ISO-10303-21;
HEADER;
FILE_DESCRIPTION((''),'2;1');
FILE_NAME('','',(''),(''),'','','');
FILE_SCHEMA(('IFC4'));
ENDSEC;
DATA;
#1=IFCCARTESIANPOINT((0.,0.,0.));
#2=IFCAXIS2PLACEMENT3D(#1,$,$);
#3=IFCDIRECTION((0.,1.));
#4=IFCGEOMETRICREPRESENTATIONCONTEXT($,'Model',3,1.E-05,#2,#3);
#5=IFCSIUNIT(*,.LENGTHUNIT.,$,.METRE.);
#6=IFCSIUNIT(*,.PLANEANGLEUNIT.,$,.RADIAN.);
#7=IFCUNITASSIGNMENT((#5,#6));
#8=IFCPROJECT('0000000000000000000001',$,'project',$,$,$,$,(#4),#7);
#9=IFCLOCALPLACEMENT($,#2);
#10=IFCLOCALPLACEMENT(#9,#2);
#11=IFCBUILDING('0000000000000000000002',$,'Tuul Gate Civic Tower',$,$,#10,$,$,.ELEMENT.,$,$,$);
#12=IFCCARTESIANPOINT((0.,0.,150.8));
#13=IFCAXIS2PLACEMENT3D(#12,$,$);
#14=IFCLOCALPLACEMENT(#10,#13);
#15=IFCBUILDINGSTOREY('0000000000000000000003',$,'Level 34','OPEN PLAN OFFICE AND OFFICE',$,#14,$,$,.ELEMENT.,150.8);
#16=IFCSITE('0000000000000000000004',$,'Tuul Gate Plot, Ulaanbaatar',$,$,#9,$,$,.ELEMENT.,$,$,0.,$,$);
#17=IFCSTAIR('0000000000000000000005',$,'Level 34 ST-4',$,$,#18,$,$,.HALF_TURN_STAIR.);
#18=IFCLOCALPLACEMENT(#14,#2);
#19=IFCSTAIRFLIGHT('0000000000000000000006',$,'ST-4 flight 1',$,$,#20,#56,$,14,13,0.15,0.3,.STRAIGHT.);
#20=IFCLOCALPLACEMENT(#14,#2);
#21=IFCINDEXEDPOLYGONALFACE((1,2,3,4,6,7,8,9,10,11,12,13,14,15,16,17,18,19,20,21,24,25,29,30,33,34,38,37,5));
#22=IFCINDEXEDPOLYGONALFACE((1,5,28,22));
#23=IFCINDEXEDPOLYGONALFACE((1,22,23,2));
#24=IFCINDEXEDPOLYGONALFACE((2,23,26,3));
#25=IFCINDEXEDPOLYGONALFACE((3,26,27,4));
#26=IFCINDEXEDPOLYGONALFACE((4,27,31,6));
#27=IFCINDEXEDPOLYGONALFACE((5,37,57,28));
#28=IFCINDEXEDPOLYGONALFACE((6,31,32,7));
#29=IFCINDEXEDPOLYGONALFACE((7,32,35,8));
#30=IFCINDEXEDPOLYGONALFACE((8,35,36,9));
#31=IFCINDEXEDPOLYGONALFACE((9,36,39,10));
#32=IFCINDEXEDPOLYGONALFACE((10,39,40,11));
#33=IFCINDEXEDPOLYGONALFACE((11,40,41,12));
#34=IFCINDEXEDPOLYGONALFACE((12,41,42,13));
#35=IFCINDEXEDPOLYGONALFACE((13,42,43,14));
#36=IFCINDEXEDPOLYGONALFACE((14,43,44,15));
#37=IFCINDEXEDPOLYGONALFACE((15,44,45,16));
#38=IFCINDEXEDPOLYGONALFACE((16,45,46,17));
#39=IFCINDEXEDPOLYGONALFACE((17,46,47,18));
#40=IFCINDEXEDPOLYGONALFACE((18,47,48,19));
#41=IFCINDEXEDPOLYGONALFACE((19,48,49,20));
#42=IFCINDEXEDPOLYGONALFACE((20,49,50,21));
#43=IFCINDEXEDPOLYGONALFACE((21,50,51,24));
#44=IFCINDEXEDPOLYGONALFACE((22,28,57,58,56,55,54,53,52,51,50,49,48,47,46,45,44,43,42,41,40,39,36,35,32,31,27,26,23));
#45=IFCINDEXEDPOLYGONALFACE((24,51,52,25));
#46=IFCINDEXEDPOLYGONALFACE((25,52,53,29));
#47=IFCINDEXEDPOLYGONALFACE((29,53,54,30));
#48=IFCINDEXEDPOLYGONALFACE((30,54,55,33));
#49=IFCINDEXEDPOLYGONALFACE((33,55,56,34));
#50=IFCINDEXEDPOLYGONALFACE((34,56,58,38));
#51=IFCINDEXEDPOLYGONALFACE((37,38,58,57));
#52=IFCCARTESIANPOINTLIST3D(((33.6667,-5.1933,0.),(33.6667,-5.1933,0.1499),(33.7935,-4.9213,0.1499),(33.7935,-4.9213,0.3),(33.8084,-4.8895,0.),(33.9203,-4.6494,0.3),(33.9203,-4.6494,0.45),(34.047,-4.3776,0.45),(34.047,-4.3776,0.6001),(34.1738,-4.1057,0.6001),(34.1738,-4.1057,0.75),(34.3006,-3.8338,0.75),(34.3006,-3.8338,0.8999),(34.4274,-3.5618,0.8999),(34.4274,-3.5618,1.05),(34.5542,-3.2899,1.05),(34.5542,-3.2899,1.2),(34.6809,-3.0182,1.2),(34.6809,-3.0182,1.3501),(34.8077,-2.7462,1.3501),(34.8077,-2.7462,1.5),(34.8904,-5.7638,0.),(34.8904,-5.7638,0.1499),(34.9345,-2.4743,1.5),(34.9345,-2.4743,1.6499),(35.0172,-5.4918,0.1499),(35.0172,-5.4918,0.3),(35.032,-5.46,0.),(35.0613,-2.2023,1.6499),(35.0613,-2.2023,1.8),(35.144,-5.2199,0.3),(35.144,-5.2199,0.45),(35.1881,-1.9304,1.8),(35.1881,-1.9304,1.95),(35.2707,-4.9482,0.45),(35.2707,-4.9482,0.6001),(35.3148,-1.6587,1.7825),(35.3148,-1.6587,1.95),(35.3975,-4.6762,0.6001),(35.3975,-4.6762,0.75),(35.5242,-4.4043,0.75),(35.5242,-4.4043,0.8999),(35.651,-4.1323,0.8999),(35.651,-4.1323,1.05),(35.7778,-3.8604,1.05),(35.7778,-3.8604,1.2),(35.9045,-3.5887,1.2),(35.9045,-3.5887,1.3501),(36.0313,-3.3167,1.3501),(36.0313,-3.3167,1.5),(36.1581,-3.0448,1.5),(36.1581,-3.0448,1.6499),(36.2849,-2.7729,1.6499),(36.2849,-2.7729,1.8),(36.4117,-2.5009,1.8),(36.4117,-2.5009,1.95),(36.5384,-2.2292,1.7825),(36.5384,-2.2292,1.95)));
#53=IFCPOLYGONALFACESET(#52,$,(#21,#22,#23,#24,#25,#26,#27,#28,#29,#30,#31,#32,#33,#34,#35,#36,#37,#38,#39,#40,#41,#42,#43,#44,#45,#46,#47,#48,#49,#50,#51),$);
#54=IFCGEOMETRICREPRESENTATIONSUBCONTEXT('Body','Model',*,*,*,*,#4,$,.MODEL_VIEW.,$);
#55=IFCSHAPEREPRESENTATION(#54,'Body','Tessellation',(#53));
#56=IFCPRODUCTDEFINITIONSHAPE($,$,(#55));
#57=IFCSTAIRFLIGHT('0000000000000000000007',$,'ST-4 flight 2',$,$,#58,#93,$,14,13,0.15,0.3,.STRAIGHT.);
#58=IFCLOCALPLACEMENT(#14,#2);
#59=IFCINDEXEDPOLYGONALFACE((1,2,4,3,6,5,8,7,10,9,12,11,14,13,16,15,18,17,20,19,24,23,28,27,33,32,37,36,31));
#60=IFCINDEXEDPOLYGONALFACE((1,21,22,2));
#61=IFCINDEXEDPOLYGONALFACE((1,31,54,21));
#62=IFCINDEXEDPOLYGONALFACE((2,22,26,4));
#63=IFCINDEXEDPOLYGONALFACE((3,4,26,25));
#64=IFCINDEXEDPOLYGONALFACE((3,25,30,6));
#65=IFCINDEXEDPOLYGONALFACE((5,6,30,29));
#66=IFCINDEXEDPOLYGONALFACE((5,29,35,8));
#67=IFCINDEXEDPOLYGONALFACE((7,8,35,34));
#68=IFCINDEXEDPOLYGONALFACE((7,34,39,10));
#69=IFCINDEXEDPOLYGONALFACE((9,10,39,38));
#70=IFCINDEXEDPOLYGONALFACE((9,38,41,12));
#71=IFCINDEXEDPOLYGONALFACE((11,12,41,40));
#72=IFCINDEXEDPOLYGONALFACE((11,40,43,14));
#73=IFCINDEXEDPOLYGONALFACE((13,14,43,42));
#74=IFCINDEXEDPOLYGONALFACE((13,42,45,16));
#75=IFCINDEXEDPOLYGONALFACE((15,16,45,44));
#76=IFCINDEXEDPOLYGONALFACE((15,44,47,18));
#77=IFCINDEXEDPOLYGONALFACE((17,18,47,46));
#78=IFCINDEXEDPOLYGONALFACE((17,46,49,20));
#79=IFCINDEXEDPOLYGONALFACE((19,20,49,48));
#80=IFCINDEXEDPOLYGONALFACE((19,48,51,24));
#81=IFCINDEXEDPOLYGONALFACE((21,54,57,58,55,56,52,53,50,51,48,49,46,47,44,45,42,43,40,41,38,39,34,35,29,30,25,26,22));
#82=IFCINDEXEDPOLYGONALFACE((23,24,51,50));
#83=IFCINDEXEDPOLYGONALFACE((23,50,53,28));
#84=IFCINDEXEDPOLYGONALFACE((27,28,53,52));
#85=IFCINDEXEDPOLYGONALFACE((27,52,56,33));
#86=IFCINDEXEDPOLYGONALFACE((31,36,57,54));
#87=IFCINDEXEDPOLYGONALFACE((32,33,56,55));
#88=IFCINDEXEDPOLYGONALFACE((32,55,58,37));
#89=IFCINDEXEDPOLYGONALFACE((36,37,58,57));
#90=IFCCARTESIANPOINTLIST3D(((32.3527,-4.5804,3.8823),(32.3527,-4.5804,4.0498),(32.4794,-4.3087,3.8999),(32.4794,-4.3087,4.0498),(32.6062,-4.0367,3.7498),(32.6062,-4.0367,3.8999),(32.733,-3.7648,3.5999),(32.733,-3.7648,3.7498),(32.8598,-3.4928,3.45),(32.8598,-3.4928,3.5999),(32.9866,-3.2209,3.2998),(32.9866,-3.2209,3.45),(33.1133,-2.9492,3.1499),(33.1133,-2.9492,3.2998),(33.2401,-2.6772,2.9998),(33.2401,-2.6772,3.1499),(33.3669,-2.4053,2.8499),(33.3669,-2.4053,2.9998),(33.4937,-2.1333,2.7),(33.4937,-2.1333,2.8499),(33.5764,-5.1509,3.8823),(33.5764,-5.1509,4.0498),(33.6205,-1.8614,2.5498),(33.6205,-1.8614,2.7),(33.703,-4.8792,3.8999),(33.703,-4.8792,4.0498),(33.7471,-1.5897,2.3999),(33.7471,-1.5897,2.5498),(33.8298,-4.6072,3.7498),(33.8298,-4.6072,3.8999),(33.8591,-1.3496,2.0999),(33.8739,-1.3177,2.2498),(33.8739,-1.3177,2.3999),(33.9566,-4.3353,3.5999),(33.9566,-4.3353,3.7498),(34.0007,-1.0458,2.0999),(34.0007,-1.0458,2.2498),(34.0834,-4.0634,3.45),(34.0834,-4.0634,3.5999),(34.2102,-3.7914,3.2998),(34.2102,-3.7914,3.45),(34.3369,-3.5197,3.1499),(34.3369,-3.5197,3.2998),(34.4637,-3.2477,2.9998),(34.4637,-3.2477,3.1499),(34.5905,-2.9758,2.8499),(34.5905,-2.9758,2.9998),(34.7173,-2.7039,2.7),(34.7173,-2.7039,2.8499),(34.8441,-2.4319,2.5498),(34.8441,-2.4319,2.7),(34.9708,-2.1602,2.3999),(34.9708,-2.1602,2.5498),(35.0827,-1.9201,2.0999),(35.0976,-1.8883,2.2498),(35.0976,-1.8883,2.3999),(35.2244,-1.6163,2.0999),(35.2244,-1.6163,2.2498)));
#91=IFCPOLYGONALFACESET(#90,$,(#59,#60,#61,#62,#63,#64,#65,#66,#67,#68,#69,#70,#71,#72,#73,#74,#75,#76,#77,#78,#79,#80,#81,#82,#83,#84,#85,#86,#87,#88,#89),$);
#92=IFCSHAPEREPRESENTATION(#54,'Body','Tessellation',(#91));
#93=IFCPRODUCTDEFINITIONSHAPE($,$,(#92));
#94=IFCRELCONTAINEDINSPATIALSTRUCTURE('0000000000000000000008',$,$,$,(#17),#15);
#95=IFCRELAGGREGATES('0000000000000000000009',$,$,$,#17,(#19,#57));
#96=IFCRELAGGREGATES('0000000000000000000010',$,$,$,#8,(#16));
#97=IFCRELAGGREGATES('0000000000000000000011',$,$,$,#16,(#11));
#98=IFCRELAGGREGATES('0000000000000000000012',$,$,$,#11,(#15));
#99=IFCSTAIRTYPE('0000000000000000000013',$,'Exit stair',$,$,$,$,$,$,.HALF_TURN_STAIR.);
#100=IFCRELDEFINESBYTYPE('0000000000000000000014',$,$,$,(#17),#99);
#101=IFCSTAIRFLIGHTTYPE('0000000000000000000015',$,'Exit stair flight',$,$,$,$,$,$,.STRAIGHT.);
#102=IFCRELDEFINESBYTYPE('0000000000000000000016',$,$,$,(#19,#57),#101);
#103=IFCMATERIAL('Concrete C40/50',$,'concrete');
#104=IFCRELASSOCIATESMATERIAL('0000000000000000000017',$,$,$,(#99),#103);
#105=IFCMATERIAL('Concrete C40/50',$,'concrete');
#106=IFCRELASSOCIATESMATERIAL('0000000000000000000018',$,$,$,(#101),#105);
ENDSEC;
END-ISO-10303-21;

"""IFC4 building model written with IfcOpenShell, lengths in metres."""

from ifc_helpers import new_model, si_unit, direction, frame, origin, place, context, subcontext, project, spatial, polyline, outline, extrude, material, type_object, element, aggregate, save


model = new_model("IFC4")

# Units and contexts
model_context = context("Model", 3, precision=1e-05, world=origin(), true_north=direction((0.0, 1.0)))
body_context = subcontext(model_context, "Body", "Model", "MODEL_VIEW")
ifc_project = project(units=[si_unit("LENGTHUNIT", "METRE"), si_unit("PLANEANGLEUNIT", "RADIAN")], contexts=[model_context])

# Site, building, storey
site_placement = place(None, origin())
site = spatial("IfcSite", under=ifc_project, at=site_placement, Name="Tuul Gate Plot, Ulaanbaatar", CompositionType="ELEMENT", RefElevation=0.0)
building_placement = place(site_placement, origin())
building = spatial("IfcBuilding", under=site, at=building_placement, Name="Tuul Gate Civic Tower", CompositionType="ELEMENT")
storey_placement = place(building_placement, frame((0.0, 0.0, 150.8)))
storey = spatial("IfcBuildingStorey", under=building, at=storey_placement, Name="Level 34", Description="OPEN PLAN OFFICE AND OFFICE", CompositionType="ELEMENT", Elevation=150.8)

# Stair, stair flights
ifc_material_1 = material(Name="Concrete C40/50", Category="concrete")
stair_type = type_object("IfcStairType", Name="Exit stair", PredefinedType="HALF_TURN_STAIR", material=ifc_material_1)
stair_placement = place(storey_placement, origin())
stair = element("IfcStair", 1, at=stair_placement, inside=storey, type_object=stair_type, Name="Level 34 ST-4", PredefinedType="HALF_TURN_STAIR")
ifc_material_2 = material(Name="Concrete C40/50", Category="concrete")
stair_flight_type = type_object("IfcStairFlightType", Name="Exit stair flight", PredefinedType="STRAIGHT", material=ifc_material_2)
stair_flight_1_placement = place(storey_placement, frame((34.2786, -5.4785, 0.0), z_axis=(0.0, 0.0, 1.0), x_axis=(0.422576, 0.906327, 0.0)))
stair_flight_1 = element("IfcStairFlight", 2, at=stair_flight_1_placement, type_object=stair_flight_type, Name="ST-4 flight 1", NumberOfRisers=14, NumberOfTreads=13, PredefinedType="STRAIGHT", RiserHeight=0.15, TreadLength=0.3, context=body_context, shape_type="SweptSolid", body=[
    extrude(outline(polyline([(0.0, 0.0), (0.0, 0.1499), (0.3, 0.1499), (0.3, 0.3), (0.6001, 0.3), (0.6001, 0.45), (0.8999, 0.45), (0.8999, 0.6001), (1.2, 0.6001), (1.2, 0.75), (1.5, 0.75), (1.5, 0.8999), (1.8, 0.8999), (1.8, 1.05), (2.1001, 1.05), (2.1001, 1.2), (2.3999, 1.2), (2.3999, 1.3501), (2.7, 1.3501), (2.7, 1.5), (3.0, 1.5), (3.0, 1.6499), (3.3, 1.6499), (3.3, 1.8), (3.6001, 1.8), (3.6001, 1.95), (3.8999, 1.95), (3.8999, 2.1001), (3.8999, 1.7825), (0.3352, 0.0), (0.0, 0.0)])), frame((0.0, 0.675, 0.0), z_axis=(0.0, -1.0, 0.0), x_axis=(1.0, 0.0, 0.0)), (0.0, 0.0, 1.0), 1.3501),
])
stair_flight_2_placement = place(storey_placement, frame((34.6125, -1.3311, 2.0999), z_axis=(0.0, 0.0, 1.0), x_axis=(-0.422576, -0.906327, 0.0)))
stair_flight_2 = element("IfcStairFlight", 3, at=stair_flight_2_placement, type_object=stair_flight_type, Name="ST-4 flight 2", NumberOfRisers=14, NumberOfTreads=13, PredefinedType="STRAIGHT", RiserHeight=0.15, TreadLength=0.3, context=body_context, shape_type="SweptSolid", body=[
    extrude(outline(polyline([(0.0, 0.0), (0.0, 0.1499), (0.3, 0.1499), (0.3, 0.3), (0.6001, 0.3), (0.6001, 0.45), (0.8999, 0.45), (0.8999, 0.6001), (1.2, 0.6001), (1.2, 0.75), (1.5, 0.75), (1.5, 0.8999), (1.8, 0.8999), (1.8, 1.05), (2.1001, 1.05), (2.1001, 1.2), (2.3999, 1.2), (2.3999, 1.3501), (2.7, 1.3501), (2.7, 1.5), (3.0, 1.5), (3.0, 1.6499), (3.3, 1.6499), (3.3, 1.8), (3.6001, 1.8), (3.6001, 1.95), (3.8999, 1.95), (3.8999, 2.1001), (3.8999, 1.7825), (0.3352, 0.0), (0.0, 0.0)])), frame((0.0, 0.675, 0.0), z_axis=(0.0, -1.0, 0.0), x_axis=(1.0, 0.0, 0.0)), (0.0, 0.0, 1.0), 1.3501),
])
aggregate(stair, [stair_flight_1, stair_flight_2])

save(model, "model.ifc")
